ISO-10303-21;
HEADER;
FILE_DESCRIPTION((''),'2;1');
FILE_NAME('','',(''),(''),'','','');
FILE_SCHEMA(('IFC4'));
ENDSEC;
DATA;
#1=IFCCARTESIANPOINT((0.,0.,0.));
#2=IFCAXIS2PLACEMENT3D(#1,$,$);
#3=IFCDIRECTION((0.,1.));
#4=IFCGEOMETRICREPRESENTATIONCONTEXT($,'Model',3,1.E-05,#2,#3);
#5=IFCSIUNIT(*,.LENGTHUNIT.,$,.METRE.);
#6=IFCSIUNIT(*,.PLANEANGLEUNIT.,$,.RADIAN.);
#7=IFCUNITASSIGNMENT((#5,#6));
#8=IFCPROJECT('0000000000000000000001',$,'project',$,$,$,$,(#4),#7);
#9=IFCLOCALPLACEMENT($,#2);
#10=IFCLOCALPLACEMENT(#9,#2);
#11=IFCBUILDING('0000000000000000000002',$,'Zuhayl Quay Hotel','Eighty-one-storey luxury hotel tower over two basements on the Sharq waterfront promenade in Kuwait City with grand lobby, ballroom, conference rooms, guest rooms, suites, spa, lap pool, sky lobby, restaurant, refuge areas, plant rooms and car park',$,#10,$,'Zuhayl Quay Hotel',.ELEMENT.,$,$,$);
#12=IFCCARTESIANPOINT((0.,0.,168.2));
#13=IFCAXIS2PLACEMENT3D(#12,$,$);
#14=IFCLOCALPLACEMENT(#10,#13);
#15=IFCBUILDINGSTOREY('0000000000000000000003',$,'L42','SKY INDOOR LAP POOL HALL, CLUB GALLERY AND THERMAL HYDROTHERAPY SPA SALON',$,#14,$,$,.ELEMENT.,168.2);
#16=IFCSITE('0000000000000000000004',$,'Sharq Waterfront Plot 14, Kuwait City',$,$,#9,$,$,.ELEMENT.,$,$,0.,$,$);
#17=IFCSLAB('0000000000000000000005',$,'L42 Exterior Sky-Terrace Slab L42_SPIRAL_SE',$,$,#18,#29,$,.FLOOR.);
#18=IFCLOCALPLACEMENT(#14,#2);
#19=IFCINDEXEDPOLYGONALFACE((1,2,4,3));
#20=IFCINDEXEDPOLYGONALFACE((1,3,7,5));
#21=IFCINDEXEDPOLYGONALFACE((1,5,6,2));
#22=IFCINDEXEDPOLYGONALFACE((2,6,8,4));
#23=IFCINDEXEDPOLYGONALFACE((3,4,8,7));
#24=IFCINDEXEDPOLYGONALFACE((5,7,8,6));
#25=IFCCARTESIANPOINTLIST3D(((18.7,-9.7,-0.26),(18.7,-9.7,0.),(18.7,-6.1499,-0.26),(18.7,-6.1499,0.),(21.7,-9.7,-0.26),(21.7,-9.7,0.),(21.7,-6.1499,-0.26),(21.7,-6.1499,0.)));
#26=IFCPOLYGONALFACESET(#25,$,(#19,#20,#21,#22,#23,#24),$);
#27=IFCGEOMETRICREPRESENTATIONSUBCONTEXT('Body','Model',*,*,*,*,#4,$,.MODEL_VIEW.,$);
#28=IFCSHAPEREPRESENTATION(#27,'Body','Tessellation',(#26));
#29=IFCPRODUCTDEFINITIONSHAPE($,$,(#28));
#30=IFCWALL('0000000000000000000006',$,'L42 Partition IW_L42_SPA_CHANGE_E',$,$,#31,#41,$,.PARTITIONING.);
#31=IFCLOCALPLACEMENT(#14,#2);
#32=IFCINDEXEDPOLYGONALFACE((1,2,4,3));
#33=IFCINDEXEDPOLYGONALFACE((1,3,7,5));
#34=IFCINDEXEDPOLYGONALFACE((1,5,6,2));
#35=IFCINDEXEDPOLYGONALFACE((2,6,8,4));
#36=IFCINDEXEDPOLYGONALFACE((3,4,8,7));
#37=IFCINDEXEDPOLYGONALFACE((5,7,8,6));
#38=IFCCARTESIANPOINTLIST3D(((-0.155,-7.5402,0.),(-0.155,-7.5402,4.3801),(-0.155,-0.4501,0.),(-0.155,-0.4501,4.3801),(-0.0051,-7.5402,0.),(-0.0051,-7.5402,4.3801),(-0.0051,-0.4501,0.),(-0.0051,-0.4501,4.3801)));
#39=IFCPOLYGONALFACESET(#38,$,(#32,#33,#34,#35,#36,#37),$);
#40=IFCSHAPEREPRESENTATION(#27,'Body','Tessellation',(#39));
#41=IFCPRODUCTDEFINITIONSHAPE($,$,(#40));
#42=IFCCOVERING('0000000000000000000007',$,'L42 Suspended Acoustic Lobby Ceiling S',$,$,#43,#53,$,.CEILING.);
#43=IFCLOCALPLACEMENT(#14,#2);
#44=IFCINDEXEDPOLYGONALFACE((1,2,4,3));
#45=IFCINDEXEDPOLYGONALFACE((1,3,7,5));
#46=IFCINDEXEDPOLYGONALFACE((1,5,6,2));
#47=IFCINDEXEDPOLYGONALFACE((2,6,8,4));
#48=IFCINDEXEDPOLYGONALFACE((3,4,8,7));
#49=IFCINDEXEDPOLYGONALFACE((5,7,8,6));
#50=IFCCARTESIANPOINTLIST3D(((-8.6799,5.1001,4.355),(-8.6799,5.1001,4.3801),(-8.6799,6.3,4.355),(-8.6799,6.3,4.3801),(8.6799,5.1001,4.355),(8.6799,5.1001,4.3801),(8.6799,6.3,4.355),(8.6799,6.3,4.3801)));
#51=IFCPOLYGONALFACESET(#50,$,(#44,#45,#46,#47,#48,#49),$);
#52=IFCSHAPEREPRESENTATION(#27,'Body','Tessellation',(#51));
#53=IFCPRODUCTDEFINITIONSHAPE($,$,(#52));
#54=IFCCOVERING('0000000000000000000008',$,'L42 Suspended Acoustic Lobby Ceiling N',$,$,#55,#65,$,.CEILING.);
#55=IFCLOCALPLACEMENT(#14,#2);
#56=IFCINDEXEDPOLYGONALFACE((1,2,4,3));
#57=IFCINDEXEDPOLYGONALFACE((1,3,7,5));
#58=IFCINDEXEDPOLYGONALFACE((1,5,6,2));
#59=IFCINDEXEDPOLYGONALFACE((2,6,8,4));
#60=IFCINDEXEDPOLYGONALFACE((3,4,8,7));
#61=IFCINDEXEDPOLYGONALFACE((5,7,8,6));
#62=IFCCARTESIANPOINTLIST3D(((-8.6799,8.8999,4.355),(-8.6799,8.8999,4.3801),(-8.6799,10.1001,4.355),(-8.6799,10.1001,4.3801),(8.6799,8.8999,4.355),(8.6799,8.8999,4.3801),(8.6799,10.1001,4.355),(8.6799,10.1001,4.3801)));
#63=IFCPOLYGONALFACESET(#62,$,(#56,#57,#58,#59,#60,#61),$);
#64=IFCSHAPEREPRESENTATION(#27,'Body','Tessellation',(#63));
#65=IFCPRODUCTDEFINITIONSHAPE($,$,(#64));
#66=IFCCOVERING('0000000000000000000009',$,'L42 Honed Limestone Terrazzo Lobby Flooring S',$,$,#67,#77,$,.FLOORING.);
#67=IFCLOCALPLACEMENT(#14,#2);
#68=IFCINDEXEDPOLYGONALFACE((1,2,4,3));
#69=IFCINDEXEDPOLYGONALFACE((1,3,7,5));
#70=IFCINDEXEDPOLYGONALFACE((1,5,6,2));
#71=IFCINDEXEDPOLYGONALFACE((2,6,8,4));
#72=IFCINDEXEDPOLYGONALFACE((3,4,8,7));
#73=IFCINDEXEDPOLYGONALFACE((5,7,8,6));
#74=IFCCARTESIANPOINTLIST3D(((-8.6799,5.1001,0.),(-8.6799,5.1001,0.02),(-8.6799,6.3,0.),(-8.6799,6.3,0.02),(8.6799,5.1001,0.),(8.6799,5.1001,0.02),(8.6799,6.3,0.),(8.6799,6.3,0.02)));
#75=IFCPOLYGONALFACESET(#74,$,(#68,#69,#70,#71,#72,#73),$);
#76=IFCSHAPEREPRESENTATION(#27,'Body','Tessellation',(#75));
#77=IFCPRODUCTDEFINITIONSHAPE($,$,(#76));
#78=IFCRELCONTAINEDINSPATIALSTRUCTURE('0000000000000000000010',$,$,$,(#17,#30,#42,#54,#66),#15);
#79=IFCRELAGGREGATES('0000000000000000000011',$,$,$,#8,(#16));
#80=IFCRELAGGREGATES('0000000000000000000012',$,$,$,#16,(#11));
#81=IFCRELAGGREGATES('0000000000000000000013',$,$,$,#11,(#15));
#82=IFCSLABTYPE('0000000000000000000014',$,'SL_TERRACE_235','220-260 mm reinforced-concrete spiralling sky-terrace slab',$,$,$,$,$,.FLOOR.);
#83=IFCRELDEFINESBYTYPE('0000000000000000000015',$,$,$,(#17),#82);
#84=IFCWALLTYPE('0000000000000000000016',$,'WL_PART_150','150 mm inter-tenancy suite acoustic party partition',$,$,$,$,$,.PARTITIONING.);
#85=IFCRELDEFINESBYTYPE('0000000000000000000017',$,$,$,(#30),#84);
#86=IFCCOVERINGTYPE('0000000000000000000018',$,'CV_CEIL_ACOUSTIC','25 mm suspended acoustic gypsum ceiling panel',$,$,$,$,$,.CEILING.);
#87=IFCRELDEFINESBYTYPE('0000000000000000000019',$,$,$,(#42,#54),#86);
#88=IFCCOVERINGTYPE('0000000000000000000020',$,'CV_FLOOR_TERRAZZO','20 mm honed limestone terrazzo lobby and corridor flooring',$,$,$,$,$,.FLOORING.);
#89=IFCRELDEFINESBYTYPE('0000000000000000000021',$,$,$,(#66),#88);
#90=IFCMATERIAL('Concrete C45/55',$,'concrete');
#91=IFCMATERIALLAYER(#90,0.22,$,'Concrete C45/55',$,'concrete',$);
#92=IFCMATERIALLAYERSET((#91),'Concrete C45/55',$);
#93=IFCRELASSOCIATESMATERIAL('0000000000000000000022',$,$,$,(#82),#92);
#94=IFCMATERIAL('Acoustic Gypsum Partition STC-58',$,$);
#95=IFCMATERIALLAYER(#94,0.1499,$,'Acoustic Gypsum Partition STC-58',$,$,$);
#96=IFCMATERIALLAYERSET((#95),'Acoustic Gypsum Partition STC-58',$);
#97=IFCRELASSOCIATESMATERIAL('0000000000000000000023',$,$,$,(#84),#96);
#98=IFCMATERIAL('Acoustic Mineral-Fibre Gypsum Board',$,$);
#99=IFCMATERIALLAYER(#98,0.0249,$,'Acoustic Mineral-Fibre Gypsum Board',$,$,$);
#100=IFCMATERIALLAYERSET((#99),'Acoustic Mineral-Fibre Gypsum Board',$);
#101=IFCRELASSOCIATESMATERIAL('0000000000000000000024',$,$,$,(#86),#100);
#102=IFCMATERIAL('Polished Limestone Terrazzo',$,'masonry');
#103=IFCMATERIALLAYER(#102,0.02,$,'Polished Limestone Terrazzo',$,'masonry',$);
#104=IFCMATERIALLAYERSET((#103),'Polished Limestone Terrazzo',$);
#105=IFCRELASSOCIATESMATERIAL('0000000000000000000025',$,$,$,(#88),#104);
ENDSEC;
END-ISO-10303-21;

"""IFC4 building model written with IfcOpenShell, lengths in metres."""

from ifc_helpers import new_model, si_unit, direction, frame, frame_2d, origin, place, context, subcontext, project, spatial, polyline, rectangle, outline, extrude, material, layer, layer_set, type_object, element, save


model = new_model("IFC4")

# Units and contexts
model_context = context("Model", 3, precision=1e-05, world=origin(), true_north=direction((0.0, 1.0)))
body_context = subcontext(model_context, "Body", "Model", "MODEL_VIEW")
ifc_project = project(units=[si_unit("LENGTHUNIT", "METRE"), si_unit("PLANEANGLEUNIT", "RADIAN")], contexts=[model_context])

# Site, building, storey
site_placement = place(None, origin())
site = spatial("IfcSite", under=ifc_project, at=site_placement, Name="Sharq Waterfront Plot 14, Kuwait City", CompositionType="ELEMENT", RefElevation=0.0)
building_placement = place(site_placement, origin())
building = spatial("IfcBuilding", under=site, at=building_placement, Name="Zuhayl Quay Hotel", Description="Eighty-one-storey luxury hotel tower over two basements on the Sharq waterfront promenade in Kuwait City with grand lobby, ballroom, conference rooms, guest rooms, suites, spa, lap pool, sky lobby, restaurant, refuge areas, plant rooms and car park", LongName="Zuhayl Quay Hotel", CompositionType="ELEMENT")
storey_placement = place(building_placement, frame((0.0, 0.0, 168.2)))
storey = spatial("IfcBuildingStorey", under=building, at=storey_placement, Name="L42", Description="SKY INDOOR LAP POOL HALL, CLUB GALLERY AND THERMAL HYDROTHERAPY SPA SALON", CompositionType="ELEMENT", Elevation=168.2)

# Shared definitions
ifc_material_1 = material(Name="Concrete C45/55", Category="concrete")

# Slab
ifc_layer_1 = layer(ifc_material_1, 0.22, Name="Concrete C45/55", Category="concrete")
ifc_layer_set_1 = layer_set([ifc_layer_1], Name="Concrete C45/55")
slab_type_1 = type_object("IfcSlabType", Name="SL_TERRACE_235", Description="220-260 mm reinforced-concrete spiralling sky-terrace slab", PredefinedType="FLOOR", material=ifc_layer_set_1)
slab_1_placement = place(storey_placement, frame((0.0, 0.0, -0.26)))
element("IfcSlab", 1, at=slab_1_placement, inside=storey, type_object=slab_type_1, Name="L42 Exterior Sky-Terrace Slab L42_SPIRAL_SE", PredefinedType="FLOOR", context=body_context, shape_type="SweptSolid", body=[
    extrude(outline(polyline([(18.7, -9.7), (21.7, -9.7), (21.7, -6.1499), (18.7, -6.1499), (18.7, -9.7)])), origin(), (0.0, 0.0, 1.0), 0.26),
])

# Wall
ifc_material_2 = material(Name="Acoustic Gypsum Partition STC-58")
ifc_layer_2 = layer(ifc_material_2, 0.1499, Name="Acoustic Gypsum Partition STC-58")
ifc_layer_set_2 = layer_set([ifc_layer_2], Name="Acoustic Gypsum Partition STC-58")
wall_type = type_object("IfcWallType", Name="WL_PART_150", Description="150 mm inter-tenancy suite acoustic party partition", PredefinedType="PARTITIONING", material=ifc_layer_set_2)
wall_placement = place(storey_placement, frame((-0.0801, -7.54, 0.0), z_axis=(0.0, 0.0, 1.0), x_axis=(0.0, 1.0, 0.0)))
element("IfcWall", 2, at=wall_placement, inside=storey, type_object=wall_type, Name="L42 Partition IW_L42_SPA_CHANGE_E", PredefinedType="PARTITIONING", context=body_context, shape_type="SweptSolid", body=[
    extrude(rectangle(XDim=7.0901, YDim=0.1499, at=frame_2d((3.5449, 0.0))), origin(), (0.0, 0.0, 1.0), 4.3801),
])

# Coverings
ifc_material_3 = material(Name="Acoustic Mineral-Fibre Gypsum Board")
ifc_layer_3 = layer(ifc_material_3, 0.0249, Name="Acoustic Mineral-Fibre Gypsum Board")
ifc_layer_set_3 = layer_set([ifc_layer_3], Name="Acoustic Mineral-Fibre Gypsum Board")
covering_type_1 = type_object("IfcCoveringType", Name="CV_CEIL_ACOUSTIC", Description="25 mm suspended acoustic gypsum ceiling panel", PredefinedType="CEILING", material=ifc_layer_set_3)
covering_1_placement = place(storey_placement, frame((0.0, 0.0, 4.355)))
element("IfcCovering", 3, at=covering_1_placement, inside=storey, type_object=covering_type_1, Name="L42 Suspended Acoustic Lobby Ceiling S", PredefinedType="CEILING", context=body_context, shape_type="SweptSolid", body=[
    extrude(outline(polyline([(-8.6799, 5.1001), (8.6799, 5.1001), (8.6799, 6.3), (-8.6799, 6.3), (-8.6799, 5.1001)])), origin(), (0.0, 0.0, 1.0), 0.0251),
])
covering_2_placement = place(storey_placement, frame((0.0, 0.0, 4.355)))
element("IfcCovering", 4, at=covering_2_placement, inside=storey, type_object=covering_type_1, Name="L42 Suspended Acoustic Lobby Ceiling N", PredefinedType="CEILING", context=body_context, shape_type="SweptSolid", body=[
    extrude(outline(polyline([(-8.6799, 8.8999), (8.6799, 8.8999), (8.6799, 10.1001), (-8.6799, 10.1001), (-8.6799, 8.8999)])), origin(), (0.0, 0.0, 1.0), 0.0251),
])
ifc_material_4 = material(Name="Polished Limestone Terrazzo", Category="masonry")
ifc_layer_4 = layer(ifc_material_4, 0.02, Name="Polished Limestone Terrazzo", Category="masonry")
ifc_layer_set_4 = layer_set([ifc_layer_4], Name="Polished Limestone Terrazzo")
covering_type_2 = type_object("IfcCoveringType", Name="CV_FLOOR_TERRAZZO", Description="20 mm honed limestone terrazzo lobby and corridor flooring", PredefinedType="FLOORING", material=ifc_layer_set_4)
covering_3_placement = place(storey_placement, origin())
element("IfcCovering", 5, at=covering_3_placement, inside=storey, type_object=covering_type_2, Name="L42 Honed Limestone Terrazzo Lobby Flooring S", PredefinedType="FLOORING", context=body_context, shape_type="SweptSolid", body=[
    extrude(outline(polyline([(-8.6799, 5.1001), (8.6799, 5.1001), (8.6799, 6.3), (-8.6799, 6.3), (-8.6799, 5.1001)])), origin(), (0.0, 0.0, 1.0), 0.02),
])

save(model, "model.ifc")
